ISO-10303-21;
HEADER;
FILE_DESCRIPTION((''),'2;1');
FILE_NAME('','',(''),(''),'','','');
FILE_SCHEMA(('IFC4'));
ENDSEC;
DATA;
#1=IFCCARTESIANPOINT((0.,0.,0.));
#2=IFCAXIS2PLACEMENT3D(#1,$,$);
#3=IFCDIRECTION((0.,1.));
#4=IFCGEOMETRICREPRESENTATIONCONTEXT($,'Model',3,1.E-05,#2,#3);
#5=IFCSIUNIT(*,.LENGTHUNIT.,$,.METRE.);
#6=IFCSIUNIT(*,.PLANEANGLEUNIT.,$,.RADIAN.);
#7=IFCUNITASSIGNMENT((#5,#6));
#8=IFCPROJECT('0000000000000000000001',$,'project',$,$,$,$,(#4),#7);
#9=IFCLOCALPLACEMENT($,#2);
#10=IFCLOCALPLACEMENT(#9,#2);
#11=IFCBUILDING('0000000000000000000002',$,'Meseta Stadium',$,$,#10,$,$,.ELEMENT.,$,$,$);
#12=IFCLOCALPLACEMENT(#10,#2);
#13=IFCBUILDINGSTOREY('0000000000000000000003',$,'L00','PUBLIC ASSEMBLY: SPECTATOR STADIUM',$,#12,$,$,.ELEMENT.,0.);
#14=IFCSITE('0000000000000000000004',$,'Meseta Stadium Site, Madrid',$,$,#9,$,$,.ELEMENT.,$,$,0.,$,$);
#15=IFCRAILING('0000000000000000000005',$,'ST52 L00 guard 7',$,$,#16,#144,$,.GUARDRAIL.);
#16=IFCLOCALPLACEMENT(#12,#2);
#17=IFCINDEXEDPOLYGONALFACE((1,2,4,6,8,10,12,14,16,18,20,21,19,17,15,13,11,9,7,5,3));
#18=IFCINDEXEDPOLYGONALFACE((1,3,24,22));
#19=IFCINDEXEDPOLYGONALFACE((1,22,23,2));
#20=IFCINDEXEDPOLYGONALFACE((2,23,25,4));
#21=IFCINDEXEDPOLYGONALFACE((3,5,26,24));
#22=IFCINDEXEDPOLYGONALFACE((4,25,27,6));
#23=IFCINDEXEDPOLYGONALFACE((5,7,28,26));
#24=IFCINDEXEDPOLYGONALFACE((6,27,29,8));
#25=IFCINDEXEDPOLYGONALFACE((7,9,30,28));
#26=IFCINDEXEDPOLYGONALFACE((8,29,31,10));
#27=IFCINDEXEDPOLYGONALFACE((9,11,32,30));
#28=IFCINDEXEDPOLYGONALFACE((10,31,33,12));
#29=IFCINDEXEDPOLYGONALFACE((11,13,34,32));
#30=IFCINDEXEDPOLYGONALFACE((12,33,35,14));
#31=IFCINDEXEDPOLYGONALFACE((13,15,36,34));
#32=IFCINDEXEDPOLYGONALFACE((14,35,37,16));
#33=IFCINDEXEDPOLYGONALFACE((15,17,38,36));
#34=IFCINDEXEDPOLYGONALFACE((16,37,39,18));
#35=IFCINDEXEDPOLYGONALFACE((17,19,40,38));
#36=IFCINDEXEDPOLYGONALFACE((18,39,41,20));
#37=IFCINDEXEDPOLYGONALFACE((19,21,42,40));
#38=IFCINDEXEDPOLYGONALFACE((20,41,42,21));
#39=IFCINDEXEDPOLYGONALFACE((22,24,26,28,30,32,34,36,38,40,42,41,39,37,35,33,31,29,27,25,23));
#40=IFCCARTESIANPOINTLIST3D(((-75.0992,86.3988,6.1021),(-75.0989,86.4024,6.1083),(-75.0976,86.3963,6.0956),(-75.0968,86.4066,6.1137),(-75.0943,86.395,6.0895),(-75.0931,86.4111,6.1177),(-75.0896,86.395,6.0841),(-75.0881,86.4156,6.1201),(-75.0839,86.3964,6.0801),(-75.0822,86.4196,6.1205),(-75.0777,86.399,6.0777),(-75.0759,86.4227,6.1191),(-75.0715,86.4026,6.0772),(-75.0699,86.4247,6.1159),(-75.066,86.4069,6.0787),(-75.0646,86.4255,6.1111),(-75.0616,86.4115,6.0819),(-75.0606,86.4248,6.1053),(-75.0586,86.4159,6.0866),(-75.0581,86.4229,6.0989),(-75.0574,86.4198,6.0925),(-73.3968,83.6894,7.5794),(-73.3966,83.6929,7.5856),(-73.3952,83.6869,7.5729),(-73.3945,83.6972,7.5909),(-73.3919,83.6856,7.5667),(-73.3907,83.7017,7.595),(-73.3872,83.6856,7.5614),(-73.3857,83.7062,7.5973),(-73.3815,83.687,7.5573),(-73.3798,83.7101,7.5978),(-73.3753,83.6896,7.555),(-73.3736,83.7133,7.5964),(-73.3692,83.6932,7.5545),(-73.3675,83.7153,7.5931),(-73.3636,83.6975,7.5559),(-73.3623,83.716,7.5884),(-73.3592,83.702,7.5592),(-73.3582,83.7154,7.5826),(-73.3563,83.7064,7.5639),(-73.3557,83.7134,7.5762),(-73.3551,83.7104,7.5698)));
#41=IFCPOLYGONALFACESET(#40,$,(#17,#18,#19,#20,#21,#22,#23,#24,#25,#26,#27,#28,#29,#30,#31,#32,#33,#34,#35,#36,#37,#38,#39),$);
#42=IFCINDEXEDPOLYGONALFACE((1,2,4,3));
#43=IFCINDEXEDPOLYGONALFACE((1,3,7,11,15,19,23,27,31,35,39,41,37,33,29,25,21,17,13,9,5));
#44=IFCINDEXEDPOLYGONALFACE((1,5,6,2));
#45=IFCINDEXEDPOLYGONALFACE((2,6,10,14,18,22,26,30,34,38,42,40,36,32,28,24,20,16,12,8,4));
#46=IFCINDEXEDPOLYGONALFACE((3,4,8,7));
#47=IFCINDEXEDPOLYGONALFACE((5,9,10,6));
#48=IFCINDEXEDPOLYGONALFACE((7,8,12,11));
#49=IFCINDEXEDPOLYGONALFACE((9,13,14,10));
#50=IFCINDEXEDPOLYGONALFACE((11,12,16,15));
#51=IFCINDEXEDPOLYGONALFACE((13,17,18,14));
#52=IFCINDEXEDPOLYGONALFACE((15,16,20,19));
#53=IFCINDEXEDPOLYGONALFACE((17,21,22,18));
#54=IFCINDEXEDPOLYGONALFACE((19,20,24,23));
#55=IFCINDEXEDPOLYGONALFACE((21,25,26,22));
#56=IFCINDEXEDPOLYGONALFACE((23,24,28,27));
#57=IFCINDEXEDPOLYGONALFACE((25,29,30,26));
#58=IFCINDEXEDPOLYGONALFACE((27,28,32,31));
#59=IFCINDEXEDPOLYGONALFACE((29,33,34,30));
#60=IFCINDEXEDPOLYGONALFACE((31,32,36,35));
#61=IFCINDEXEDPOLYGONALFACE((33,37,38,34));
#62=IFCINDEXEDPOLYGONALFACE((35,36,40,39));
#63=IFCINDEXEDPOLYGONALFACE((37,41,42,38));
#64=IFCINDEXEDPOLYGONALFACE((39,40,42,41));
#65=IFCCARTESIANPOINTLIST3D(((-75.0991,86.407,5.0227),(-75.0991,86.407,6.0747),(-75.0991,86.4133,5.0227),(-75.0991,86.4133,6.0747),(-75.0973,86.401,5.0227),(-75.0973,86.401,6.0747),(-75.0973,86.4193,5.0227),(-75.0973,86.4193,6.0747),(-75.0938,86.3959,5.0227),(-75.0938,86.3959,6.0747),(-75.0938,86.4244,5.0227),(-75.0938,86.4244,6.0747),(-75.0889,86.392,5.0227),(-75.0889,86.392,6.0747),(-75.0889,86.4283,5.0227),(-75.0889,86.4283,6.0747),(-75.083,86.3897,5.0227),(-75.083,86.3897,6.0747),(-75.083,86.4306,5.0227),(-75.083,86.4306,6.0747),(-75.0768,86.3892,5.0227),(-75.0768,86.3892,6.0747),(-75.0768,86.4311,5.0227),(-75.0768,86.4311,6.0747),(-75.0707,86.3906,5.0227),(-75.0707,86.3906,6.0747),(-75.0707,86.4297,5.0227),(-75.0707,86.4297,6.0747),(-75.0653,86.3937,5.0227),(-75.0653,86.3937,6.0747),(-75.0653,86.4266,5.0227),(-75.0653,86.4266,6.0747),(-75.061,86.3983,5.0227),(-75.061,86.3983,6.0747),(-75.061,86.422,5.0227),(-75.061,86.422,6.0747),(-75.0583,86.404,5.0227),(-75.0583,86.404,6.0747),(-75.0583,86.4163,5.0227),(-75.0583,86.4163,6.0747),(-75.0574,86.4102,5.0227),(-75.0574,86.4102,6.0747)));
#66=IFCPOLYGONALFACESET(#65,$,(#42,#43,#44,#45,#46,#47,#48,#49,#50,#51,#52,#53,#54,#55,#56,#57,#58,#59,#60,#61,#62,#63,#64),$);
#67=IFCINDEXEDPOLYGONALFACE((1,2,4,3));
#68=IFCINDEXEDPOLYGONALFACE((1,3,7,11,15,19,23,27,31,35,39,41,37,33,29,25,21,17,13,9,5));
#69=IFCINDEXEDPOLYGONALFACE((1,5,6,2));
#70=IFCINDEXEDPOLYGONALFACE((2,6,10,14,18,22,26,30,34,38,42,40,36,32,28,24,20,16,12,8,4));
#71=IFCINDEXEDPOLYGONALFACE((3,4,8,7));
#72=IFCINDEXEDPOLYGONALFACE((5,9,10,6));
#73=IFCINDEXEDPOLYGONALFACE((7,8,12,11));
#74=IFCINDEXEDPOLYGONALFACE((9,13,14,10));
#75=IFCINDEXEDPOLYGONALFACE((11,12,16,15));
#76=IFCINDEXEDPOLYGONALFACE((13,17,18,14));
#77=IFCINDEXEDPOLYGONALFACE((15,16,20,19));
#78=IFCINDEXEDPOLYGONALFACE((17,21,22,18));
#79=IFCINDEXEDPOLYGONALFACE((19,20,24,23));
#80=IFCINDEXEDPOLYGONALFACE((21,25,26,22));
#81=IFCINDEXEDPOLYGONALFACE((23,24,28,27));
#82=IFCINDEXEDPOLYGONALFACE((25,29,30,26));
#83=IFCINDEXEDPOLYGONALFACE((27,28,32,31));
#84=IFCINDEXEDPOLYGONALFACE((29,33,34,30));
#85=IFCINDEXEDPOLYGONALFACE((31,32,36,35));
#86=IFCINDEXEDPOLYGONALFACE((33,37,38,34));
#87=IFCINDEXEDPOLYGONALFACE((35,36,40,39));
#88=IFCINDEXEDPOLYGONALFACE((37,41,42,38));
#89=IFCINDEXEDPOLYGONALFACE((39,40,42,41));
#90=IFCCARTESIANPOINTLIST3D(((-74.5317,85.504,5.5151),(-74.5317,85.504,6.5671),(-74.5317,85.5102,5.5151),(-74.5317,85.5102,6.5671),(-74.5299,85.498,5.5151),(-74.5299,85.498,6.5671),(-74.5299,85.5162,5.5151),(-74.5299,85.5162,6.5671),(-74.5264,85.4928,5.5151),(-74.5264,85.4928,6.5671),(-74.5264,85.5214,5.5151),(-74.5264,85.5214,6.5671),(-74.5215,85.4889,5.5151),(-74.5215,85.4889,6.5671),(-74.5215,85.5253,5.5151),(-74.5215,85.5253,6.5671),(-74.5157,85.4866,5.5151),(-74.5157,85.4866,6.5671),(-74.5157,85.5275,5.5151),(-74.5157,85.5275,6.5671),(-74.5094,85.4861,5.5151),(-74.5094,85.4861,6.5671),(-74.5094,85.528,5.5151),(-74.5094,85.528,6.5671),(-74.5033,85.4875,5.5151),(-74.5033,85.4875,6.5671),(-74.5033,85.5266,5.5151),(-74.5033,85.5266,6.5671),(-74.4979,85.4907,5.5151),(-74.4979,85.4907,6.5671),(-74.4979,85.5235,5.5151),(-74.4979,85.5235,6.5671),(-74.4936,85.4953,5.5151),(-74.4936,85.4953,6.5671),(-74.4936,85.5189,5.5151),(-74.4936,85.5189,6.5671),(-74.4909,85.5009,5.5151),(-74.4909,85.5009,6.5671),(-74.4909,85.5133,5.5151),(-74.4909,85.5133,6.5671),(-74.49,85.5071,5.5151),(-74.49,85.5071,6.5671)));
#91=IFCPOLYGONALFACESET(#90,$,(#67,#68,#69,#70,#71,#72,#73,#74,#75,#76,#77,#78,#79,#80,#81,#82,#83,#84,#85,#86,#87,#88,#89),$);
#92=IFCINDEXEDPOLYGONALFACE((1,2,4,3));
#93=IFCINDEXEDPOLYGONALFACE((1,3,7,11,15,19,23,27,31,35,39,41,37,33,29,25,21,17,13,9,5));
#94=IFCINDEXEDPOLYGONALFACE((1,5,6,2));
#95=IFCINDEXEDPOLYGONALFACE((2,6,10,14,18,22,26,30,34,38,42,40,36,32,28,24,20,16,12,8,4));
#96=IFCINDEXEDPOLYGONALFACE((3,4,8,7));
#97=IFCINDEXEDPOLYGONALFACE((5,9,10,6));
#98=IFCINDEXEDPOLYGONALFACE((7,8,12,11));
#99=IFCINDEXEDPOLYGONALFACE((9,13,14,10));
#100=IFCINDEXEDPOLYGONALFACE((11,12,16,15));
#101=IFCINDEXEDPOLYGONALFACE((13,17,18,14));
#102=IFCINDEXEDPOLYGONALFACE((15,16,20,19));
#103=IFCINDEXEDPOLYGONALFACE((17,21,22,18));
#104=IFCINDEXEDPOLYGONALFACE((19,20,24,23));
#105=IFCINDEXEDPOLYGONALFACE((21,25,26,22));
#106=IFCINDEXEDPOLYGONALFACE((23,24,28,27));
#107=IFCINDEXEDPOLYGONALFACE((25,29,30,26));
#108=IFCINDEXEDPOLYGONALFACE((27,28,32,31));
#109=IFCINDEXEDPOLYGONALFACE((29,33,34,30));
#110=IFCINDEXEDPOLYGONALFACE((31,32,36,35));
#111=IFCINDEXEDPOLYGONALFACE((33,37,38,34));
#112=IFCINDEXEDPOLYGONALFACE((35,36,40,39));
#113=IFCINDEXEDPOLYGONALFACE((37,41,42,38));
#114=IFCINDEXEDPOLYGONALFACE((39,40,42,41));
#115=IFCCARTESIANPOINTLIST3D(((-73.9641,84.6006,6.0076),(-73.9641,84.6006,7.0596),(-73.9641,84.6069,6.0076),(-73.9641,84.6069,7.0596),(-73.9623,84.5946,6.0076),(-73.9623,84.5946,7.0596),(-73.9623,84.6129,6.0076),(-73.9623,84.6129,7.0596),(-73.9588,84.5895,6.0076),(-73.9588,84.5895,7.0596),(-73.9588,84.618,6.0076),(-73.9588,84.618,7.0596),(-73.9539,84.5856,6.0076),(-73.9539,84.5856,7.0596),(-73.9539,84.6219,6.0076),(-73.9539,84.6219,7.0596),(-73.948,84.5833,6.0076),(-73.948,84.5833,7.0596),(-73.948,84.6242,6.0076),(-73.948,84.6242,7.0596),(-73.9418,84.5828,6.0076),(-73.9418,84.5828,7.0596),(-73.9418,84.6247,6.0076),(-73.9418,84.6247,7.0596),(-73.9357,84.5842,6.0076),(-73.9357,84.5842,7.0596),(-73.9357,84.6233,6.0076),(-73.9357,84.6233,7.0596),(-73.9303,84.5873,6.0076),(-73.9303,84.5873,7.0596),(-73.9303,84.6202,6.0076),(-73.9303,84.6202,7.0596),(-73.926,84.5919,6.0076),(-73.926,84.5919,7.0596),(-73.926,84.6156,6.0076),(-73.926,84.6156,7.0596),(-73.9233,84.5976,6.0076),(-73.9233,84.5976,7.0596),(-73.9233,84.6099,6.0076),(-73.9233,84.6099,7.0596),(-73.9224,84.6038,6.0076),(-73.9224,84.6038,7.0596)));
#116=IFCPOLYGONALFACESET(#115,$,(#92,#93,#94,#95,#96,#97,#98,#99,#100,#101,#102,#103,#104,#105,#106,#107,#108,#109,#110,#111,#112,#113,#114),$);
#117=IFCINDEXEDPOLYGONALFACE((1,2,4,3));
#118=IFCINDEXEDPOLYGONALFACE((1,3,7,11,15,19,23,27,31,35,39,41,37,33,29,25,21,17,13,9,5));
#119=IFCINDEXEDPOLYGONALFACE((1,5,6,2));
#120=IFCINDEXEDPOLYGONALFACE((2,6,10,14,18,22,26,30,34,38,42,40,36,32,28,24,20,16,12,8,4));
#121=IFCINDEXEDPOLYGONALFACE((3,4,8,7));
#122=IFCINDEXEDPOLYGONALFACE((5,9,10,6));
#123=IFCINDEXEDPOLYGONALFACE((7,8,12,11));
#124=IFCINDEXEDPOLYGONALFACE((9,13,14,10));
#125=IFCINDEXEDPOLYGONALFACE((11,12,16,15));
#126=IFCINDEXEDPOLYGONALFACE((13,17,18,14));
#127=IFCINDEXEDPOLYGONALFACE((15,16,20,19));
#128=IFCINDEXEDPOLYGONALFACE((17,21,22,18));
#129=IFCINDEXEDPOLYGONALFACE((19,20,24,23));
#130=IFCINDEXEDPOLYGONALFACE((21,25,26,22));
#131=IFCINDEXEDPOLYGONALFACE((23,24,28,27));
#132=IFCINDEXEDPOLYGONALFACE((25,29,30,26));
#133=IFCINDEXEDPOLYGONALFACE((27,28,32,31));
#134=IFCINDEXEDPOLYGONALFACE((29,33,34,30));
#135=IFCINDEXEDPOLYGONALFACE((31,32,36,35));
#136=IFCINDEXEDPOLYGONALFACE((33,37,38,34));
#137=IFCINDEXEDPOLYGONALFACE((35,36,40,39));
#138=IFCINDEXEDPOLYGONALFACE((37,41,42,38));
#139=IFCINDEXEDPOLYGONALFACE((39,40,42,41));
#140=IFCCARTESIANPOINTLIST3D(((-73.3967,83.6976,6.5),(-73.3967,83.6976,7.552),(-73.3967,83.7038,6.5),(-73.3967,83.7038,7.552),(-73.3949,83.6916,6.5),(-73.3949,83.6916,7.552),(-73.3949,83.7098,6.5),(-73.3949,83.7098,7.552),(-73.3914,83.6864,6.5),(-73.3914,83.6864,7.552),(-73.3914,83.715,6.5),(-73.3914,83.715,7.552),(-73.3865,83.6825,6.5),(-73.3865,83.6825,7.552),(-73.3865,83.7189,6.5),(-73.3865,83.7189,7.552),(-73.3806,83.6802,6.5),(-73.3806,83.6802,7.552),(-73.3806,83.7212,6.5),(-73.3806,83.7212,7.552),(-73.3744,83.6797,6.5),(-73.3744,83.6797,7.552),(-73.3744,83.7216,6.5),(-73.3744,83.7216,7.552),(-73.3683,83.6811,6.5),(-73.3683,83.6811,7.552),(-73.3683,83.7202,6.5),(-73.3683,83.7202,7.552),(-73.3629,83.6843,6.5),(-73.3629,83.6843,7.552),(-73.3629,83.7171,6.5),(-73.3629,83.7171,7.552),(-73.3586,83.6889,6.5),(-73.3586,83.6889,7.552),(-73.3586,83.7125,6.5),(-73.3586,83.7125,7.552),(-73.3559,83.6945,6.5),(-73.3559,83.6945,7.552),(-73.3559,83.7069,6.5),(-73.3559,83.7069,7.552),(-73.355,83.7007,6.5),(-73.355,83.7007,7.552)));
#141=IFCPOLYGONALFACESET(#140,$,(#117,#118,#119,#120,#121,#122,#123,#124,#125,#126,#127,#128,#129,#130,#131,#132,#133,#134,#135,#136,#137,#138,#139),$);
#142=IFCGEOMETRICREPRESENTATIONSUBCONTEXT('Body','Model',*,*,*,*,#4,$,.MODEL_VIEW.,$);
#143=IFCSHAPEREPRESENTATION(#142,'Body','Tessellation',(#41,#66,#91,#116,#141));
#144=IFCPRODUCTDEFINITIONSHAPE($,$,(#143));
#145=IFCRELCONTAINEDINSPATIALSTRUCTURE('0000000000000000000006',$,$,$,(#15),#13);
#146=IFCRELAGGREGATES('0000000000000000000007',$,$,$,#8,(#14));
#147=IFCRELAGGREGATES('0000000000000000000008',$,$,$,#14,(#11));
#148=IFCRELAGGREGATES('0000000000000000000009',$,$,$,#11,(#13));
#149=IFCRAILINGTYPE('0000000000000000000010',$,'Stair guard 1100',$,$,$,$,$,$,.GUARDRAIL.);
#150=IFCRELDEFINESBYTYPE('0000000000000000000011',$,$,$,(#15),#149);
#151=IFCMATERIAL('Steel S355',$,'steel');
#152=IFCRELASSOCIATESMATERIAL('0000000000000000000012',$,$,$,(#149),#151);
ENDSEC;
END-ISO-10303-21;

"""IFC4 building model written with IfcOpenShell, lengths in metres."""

from ifc_helpers import new_model, si_unit, direction, frame, origin, origin_2d, place, context, subcontext, project, spatial, circle, extrude, material, type_object, element, save


model = new_model("IFC4")

# Units and contexts
model_context = context("Model", 3, precision=1e-05, world=origin(), true_north=direction((0.0, 1.0)))
body_context = subcontext(model_context, "Body", "Model", "MODEL_VIEW")
ifc_project = project(units=[si_unit("LENGTHUNIT", "METRE"), si_unit("PLANEANGLEUNIT", "RADIAN")], contexts=[model_context])

# Site, building, storey
site_placement = place(None, origin())
site = spatial("IfcSite", under=ifc_project, at=site_placement, Name="Meseta Stadium Site, Madrid", CompositionType="ELEMENT", RefElevation=0.0)
building_placement = place(site_placement, origin())
building = spatial("IfcBuilding", under=site, at=building_placement, Name="Meseta Stadium", CompositionType="ELEMENT")
storey_placement = place(building_placement, origin())
storey = spatial("IfcBuildingStorey", under=building, at=storey_placement, Name="L00", Description="PUBLIC ASSEMBLY: SPECTATOR STADIUM", CompositionType="ELEMENT", Elevation=0.0)

# Railing
ifc_material_1 = material(Name="Steel S355", Category="steel")
railing_type_1 = type_object("IfcRailingType", Name="Stair guard 1100", PredefinedType="GUARDRAIL", material=ifc_material_1)
railing_1_placement = place(storey_placement, frame((-75.0784, 86.4102, 5.0227)))
element("IfcRailing", 1, at=railing_1_placement, inside=storey, type_object=railing_type_1, Name="ST52 L00 guard 7", PredefinedType="GUARDRAIL", context=body_context, shape_type="SweptSolid", body=[
    extrude(circle(Radius=0.0239, at=origin_2d()), frame((0.0, 0.0, 1.0762), z_axis=(0.483023, -0.768764, 0.419156), x_axis=(0.846736, 0.532014, 0.0)), (0.0, 0.0, 1.0), 3.5244),
    extrude(circle(Radius=0.021, at=origin_2d()), origin(), (0.0, 0.0, 1.0), 1.052),
    extrude(circle(Radius=0.021, at=origin_2d()), frame((0.5674, -0.9031, 0.4924)), (0.0, 0.0, 1.0), 1.052),
    extrude(circle(Radius=0.021, at=origin_2d()), frame((1.135, -1.8064, 0.9849)), (0.0, 0.0, 1.0), 1.052),
    extrude(circle(Radius=0.021, at=origin_2d()), frame((1.7024, -2.7095, 1.4773)), (0.0, 0.0, 1.0), 1.052),
])

save(model, "model.ifc")
